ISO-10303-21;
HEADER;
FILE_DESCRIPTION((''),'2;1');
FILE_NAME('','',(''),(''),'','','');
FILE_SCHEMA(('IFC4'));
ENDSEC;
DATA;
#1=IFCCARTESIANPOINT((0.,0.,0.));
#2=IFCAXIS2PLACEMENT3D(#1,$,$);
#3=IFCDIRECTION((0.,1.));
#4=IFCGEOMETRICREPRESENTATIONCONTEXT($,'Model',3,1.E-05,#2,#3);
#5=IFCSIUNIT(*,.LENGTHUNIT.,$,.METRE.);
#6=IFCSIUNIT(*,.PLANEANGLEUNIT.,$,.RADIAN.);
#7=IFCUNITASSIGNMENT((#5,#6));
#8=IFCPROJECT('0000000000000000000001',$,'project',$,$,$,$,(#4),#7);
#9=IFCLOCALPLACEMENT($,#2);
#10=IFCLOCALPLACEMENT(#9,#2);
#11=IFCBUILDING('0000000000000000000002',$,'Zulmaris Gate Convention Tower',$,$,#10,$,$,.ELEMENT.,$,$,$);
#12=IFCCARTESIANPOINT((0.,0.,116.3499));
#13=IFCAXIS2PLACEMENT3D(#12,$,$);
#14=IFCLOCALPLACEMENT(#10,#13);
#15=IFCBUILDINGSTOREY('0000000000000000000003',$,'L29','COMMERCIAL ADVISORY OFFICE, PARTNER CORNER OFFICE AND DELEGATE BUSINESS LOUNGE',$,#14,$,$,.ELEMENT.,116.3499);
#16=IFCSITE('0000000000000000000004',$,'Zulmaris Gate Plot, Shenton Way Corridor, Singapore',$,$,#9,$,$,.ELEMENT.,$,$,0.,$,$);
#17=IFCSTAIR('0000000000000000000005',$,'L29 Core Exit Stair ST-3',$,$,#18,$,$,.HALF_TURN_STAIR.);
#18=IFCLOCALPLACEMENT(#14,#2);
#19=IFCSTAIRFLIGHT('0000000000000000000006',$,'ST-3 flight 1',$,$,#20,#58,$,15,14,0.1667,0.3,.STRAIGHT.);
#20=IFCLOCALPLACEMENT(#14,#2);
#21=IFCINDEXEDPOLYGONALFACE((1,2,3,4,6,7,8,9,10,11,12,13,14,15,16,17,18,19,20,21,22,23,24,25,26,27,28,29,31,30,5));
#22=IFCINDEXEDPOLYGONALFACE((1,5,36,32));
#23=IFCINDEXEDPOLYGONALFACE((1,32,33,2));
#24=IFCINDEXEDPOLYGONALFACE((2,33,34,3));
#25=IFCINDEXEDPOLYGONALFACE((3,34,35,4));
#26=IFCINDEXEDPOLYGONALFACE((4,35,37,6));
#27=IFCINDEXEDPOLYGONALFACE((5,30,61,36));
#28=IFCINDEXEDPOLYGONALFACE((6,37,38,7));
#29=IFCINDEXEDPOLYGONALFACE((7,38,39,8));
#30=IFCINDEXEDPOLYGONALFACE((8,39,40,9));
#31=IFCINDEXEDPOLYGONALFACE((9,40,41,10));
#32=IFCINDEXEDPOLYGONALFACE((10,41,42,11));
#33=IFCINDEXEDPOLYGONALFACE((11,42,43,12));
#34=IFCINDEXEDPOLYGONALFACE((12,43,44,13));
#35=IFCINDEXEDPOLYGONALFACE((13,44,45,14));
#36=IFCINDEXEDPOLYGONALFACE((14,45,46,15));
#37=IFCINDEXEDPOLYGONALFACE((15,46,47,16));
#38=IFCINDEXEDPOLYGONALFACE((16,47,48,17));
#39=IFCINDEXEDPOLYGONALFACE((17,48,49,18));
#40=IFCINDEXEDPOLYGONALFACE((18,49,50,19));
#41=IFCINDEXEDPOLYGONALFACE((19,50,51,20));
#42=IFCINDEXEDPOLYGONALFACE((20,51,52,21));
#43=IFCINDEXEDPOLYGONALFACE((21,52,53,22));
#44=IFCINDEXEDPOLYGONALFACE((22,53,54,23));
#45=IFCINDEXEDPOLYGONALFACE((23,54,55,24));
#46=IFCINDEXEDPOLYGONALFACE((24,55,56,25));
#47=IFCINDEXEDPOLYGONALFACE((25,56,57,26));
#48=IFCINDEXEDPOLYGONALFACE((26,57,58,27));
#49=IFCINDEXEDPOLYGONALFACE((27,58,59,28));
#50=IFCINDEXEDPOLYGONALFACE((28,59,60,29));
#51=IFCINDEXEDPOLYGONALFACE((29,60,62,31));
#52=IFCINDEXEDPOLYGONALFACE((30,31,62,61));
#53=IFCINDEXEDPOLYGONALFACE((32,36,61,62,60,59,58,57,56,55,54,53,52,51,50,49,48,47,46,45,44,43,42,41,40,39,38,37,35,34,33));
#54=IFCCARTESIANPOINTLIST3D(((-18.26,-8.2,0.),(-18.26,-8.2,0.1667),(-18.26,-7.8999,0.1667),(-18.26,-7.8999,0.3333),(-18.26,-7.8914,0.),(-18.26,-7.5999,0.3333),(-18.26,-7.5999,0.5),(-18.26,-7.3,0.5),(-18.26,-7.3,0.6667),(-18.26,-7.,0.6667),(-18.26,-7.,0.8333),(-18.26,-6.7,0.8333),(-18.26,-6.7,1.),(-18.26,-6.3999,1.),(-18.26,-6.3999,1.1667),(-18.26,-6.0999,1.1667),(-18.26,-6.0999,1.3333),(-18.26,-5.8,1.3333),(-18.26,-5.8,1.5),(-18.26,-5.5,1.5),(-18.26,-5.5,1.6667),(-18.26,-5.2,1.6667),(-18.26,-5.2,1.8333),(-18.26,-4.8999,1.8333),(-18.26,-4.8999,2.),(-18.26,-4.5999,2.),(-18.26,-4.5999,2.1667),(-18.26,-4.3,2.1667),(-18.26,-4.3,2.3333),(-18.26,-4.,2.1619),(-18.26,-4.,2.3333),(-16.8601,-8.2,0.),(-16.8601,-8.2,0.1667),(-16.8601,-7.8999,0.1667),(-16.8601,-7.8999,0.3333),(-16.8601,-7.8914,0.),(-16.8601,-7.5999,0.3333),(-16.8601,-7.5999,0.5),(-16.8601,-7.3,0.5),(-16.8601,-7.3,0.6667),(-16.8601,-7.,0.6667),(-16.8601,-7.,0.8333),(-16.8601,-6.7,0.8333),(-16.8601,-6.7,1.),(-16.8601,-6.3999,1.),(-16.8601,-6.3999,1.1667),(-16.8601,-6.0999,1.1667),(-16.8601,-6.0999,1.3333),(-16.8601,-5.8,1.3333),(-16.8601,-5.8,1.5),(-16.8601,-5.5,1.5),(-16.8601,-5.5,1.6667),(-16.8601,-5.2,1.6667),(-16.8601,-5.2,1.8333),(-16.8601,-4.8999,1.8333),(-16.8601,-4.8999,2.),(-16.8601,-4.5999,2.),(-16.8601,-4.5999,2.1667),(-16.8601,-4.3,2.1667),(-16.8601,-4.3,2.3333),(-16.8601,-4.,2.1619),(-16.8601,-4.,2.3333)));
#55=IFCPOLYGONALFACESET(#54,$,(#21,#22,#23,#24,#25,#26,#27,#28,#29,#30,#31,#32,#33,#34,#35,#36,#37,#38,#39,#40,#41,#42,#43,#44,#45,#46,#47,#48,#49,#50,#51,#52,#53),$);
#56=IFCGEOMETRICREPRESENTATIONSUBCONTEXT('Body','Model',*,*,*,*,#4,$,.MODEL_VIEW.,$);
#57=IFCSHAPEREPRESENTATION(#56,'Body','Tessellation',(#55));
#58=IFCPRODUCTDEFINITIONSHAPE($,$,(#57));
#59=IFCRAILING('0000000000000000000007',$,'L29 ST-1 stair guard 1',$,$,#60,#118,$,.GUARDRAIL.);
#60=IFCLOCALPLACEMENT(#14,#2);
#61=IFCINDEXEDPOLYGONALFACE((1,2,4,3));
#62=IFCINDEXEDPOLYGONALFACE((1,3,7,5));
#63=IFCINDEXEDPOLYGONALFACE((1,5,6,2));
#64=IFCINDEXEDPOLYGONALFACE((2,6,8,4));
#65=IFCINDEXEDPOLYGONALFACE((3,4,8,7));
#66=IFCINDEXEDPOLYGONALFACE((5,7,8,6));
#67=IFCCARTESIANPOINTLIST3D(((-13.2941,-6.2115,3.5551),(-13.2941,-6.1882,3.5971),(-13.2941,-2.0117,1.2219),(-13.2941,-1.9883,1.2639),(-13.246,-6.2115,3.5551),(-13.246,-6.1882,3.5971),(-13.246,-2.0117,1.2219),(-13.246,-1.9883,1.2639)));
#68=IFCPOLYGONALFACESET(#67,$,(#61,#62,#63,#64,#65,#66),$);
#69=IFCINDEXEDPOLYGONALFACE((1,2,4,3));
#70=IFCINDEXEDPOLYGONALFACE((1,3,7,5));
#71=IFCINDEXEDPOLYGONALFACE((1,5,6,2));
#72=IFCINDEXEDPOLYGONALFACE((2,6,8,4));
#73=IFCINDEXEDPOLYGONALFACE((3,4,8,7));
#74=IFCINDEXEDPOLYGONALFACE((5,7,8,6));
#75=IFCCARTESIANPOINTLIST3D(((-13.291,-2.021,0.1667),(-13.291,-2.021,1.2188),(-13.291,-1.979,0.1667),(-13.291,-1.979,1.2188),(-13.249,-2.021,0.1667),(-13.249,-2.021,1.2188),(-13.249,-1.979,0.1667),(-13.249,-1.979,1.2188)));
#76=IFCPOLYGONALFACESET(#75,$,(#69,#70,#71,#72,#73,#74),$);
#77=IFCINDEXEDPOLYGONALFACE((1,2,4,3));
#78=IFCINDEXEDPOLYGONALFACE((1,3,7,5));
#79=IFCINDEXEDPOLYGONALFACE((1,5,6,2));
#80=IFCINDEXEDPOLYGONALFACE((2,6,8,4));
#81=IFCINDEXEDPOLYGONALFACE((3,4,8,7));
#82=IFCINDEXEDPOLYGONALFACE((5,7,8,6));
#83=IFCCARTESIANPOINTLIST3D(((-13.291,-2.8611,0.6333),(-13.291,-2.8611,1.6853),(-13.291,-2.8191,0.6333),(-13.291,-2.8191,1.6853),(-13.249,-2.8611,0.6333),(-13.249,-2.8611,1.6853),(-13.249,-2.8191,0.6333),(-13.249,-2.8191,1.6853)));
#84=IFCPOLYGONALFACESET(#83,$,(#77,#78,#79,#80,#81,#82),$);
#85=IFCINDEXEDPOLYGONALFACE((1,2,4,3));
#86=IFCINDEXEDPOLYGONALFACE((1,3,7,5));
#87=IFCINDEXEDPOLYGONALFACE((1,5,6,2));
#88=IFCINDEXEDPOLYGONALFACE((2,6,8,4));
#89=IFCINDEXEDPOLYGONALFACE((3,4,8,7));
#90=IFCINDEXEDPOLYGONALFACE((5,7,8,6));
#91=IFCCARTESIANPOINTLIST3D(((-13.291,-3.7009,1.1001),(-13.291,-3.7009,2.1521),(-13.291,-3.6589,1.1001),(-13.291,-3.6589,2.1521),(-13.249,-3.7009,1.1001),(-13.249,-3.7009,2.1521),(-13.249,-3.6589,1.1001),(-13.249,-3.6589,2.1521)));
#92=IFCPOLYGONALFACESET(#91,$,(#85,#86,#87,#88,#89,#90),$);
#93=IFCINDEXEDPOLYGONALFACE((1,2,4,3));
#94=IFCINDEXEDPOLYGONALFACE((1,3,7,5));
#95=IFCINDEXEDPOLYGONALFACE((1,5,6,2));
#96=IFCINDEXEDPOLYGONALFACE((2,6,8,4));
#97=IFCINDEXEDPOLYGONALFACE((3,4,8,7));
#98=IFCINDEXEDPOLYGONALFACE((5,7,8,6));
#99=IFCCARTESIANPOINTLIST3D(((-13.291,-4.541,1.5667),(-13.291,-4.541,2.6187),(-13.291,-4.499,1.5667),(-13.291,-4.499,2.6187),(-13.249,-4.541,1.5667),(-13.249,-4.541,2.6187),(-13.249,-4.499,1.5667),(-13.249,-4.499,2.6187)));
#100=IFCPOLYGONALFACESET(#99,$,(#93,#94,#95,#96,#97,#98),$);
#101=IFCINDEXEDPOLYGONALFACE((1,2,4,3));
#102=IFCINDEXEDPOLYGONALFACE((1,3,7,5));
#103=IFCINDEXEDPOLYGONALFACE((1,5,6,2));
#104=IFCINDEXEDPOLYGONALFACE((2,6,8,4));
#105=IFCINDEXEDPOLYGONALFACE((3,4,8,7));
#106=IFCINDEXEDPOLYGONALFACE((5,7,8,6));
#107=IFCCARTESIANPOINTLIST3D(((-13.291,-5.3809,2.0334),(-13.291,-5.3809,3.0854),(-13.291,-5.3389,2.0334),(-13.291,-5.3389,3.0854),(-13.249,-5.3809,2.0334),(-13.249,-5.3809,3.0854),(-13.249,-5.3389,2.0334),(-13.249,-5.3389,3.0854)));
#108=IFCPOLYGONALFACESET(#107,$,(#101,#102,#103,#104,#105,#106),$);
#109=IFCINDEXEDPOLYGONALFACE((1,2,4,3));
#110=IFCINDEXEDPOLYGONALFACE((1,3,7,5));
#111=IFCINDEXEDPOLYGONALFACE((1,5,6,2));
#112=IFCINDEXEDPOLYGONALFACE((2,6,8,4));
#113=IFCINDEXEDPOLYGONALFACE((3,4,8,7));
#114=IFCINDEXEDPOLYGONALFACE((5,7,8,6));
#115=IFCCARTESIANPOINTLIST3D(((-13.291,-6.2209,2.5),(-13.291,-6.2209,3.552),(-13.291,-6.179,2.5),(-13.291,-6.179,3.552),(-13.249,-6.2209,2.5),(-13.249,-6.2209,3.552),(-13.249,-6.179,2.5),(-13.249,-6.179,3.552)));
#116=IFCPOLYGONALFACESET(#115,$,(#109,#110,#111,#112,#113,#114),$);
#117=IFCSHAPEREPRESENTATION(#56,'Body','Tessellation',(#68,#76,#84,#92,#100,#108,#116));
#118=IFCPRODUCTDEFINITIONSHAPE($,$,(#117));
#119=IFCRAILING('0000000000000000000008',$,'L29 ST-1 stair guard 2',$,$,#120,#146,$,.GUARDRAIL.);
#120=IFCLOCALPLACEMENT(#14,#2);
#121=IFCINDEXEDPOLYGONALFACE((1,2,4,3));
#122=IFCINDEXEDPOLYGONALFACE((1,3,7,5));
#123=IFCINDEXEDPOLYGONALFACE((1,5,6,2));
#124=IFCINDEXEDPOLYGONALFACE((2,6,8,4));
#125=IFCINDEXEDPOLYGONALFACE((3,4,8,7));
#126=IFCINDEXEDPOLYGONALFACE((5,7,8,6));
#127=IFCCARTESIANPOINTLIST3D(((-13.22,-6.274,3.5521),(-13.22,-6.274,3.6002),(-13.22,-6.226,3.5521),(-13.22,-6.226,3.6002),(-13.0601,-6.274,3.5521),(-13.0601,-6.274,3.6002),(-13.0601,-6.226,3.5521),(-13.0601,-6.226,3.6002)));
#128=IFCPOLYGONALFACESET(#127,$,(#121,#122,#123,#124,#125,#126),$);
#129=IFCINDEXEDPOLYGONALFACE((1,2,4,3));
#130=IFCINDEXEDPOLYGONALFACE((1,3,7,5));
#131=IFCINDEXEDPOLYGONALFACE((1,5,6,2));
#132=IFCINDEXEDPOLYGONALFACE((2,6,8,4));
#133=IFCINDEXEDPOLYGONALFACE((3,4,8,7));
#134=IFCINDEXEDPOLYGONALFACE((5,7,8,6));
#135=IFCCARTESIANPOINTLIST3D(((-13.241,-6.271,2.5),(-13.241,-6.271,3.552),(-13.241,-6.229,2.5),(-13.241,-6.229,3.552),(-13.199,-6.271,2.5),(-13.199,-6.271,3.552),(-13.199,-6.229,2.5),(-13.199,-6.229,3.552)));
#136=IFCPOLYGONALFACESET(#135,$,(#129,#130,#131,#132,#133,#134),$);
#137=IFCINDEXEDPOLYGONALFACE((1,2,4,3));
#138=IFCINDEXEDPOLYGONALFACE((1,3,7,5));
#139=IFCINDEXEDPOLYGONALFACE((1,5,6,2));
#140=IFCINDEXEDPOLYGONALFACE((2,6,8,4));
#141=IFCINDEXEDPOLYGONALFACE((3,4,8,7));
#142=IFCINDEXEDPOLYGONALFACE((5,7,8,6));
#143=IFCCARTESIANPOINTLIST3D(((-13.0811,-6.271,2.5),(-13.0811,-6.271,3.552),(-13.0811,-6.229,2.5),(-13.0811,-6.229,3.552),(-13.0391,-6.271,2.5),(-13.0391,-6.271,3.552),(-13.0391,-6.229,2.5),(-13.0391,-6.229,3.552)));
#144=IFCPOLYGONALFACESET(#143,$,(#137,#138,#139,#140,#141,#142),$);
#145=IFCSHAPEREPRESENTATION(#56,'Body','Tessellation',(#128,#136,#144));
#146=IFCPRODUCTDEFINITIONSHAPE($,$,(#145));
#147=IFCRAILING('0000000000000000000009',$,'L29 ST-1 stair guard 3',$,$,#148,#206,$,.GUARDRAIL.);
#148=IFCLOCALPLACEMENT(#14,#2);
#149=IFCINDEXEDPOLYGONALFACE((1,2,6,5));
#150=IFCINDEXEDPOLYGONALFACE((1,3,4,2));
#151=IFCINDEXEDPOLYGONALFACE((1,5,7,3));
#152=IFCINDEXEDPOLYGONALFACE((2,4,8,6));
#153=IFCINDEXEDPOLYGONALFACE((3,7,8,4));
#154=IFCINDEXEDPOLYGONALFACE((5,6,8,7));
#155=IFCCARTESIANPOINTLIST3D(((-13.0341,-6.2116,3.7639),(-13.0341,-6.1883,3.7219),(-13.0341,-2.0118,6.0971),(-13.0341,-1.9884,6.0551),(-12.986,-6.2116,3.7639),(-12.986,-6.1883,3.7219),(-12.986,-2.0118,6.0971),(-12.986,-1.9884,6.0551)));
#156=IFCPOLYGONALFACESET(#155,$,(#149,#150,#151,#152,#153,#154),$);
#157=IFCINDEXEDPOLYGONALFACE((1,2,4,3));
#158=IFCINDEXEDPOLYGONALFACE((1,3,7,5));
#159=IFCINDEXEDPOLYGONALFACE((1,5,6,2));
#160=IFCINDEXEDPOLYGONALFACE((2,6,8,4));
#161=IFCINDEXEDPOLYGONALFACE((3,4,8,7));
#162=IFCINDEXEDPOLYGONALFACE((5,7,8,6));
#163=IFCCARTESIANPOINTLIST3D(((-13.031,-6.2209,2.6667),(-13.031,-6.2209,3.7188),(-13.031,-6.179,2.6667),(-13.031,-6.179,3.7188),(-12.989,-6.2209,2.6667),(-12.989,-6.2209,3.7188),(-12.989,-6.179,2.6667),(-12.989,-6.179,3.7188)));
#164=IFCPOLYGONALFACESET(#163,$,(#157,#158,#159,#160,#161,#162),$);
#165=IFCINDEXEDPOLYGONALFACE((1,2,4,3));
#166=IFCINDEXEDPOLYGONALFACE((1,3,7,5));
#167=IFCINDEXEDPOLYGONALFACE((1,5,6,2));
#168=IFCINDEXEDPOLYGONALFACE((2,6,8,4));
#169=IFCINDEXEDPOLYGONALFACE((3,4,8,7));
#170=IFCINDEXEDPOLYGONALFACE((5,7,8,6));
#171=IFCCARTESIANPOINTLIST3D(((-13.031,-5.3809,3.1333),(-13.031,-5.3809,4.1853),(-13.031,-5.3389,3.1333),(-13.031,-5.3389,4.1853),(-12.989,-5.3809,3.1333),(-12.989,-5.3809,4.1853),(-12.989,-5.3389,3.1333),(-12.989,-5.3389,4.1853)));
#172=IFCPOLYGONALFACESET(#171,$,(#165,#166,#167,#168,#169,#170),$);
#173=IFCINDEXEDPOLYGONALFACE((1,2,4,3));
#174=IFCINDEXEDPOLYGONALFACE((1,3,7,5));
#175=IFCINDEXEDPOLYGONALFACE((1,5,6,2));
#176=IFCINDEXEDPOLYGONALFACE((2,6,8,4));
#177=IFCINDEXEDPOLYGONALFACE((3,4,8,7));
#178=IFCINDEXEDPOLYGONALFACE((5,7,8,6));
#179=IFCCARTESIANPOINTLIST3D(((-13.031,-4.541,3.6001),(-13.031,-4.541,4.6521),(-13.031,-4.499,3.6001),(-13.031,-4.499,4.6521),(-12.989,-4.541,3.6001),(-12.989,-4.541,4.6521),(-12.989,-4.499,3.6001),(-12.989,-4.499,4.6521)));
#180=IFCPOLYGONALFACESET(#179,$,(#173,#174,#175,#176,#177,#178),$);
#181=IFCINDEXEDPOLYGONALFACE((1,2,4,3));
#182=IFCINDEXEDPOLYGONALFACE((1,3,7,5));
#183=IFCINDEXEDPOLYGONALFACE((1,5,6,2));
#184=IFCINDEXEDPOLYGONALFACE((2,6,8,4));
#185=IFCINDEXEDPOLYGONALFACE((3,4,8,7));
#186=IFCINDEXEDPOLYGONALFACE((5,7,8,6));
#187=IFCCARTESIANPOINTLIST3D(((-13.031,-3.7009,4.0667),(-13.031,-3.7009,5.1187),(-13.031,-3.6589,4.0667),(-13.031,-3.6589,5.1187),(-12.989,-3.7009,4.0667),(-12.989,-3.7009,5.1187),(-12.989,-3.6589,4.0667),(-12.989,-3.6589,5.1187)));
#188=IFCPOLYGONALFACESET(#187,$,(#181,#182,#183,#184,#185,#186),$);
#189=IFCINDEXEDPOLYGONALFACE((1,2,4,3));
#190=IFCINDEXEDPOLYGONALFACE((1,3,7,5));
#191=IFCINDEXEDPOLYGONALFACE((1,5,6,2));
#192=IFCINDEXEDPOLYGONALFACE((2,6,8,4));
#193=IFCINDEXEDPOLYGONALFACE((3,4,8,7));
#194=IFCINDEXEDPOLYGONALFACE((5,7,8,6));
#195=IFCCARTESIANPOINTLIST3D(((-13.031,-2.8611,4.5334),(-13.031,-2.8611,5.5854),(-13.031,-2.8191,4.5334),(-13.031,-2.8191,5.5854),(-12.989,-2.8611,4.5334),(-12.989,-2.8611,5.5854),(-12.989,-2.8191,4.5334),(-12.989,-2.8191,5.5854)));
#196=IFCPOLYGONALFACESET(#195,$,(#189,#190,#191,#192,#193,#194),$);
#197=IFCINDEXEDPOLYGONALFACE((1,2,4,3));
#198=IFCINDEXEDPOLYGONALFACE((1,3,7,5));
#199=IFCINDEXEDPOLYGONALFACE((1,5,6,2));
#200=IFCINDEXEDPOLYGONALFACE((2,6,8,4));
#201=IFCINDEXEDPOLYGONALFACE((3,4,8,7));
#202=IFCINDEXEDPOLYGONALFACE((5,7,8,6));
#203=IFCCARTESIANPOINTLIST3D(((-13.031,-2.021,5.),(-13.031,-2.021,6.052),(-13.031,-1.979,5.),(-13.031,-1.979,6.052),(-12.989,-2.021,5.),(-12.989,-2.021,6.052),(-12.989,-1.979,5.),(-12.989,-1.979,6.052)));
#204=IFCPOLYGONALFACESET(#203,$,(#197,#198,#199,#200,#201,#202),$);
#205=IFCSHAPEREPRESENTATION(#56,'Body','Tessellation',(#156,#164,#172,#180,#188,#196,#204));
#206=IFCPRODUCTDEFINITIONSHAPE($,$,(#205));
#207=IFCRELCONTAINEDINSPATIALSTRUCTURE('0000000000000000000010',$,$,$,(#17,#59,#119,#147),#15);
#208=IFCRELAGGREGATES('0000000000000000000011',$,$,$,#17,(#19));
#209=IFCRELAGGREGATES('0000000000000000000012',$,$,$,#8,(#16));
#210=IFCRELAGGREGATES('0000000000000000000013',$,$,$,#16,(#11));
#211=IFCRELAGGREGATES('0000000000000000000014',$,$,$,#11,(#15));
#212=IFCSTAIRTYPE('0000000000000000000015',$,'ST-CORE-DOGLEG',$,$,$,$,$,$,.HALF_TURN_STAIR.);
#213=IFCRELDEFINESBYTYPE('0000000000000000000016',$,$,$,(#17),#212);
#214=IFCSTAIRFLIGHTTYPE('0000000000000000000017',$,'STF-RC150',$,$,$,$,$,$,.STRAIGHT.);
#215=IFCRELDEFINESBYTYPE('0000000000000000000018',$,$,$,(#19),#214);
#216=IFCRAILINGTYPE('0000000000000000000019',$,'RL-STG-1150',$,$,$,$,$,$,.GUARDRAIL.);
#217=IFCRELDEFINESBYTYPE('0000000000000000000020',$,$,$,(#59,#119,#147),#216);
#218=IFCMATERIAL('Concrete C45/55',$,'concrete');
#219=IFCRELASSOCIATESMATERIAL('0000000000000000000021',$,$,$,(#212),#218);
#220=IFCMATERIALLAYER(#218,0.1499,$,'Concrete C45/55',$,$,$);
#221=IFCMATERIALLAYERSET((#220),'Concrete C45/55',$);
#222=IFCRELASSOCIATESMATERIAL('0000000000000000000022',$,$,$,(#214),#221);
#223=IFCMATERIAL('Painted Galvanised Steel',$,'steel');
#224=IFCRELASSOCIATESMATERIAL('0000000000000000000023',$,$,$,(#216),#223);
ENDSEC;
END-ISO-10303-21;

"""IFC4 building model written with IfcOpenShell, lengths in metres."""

from ifc_helpers import new_model, si_unit, direction, frame, origin, origin_2d, place, context, subcontext, project, spatial, polyline, rectangle, outline, extrude, material, layer, layer_set, type_object, element, aggregate, save


model = new_model("IFC4")

# Units and contexts
model_context = context("Model", 3, precision=1e-05, world=origin(), true_north=direction((0.0, 1.0)))
body_context = subcontext(model_context, "Body", "Model", "MODEL_VIEW")
ifc_project = project(units=[si_unit("LENGTHUNIT", "METRE"), si_unit("PLANEANGLEUNIT", "RADIAN")], contexts=[model_context])

# Site, building, storey
site_placement = place(None, origin())
site = spatial("IfcSite", under=ifc_project, at=site_placement, Name="Zulmaris Gate Plot, Shenton Way Corridor, Singapore", CompositionType="ELEMENT", RefElevation=0.0)
building_placement = place(site_placement, origin())
building = spatial("IfcBuilding", under=site, at=building_placement, Name="Zulmaris Gate Convention Tower", CompositionType="ELEMENT")
storey_placement = place(building_placement, frame((0.0, 0.0, 116.3499)))
storey = spatial("IfcBuildingStorey", under=building, at=storey_placement, Name="L29", Description="COMMERCIAL ADVISORY OFFICE, PARTNER CORNER OFFICE AND DELEGATE BUSINESS LOUNGE", CompositionType="ELEMENT", Elevation=116.3499)

# Shared definitions
ifc_material_1 = material(Name="Concrete C45/55", Category="concrete")
stair_type = type_object("IfcStairType", Name="ST-CORE-DOGLEG", PredefinedType="HALF_TURN_STAIR", material=ifc_material_1)
ifc_layer_1 = layer(ifc_material_1, 0.1499, Name="Concrete C45/55")
ifc_layer_set_1 = layer_set([ifc_layer_1], Name="Concrete C45/55")
stair_flight_type = type_object("IfcStairFlightType", Name="STF-RC150", PredefinedType="STRAIGHT", material=ifc_layer_set_1)

# Stair, stair flight
stair_1_placement = place(storey_placement, origin())
stair_1 = element("IfcStair", 1, at=stair_1_placement, inside=storey, type_object=stair_type, Name="L29 Core Exit Stair ST-3", PredefinedType="HALF_TURN_STAIR")
stair_flight_1_placement = place(storey_placement, frame((-17.5601, -8.2, 0.0), z_axis=(0.0, 0.0, 1.0), x_axis=(0.0, 1.0, 0.0)))
stair_flight_1 = element("IfcStairFlight", 2, at=stair_flight_1_placement, type_object=stair_flight_type, Name="ST-3 flight 1", NumberOfRisers=15, NumberOfTreads=14, PredefinedType="STRAIGHT", RiserHeight=0.1667, TreadLength=0.3, context=body_context, shape_type="SweptSolid", body=[
    extrude(outline(polyline([(0.0, 0.0), (0.0, 0.1667), (0.3, 0.1667), (0.3, 0.3333), (0.6001, 0.3333), (0.6001, 0.5), (0.8999, 0.5), (0.8999, 0.6667), (1.2, 0.6667), (1.2, 0.8333), (1.5, 0.8333), (1.5, 1.0), (1.8, 1.0), (1.8, 1.1667), (2.1001, 1.1667), (2.1001, 1.3333), (2.3999, 1.3333), (2.3999, 1.5), (2.7, 1.5), (2.7, 1.6667), (3.0, 1.6667), (3.0, 1.8333), (3.3, 1.8333), (3.3, 2.0), (3.6001, 2.0), (3.6001, 2.1667), (3.8999, 2.1667), (3.8999, 2.3333), (4.2, 2.3333), (4.2, 2.5), (4.2, 2.1619), (0.3086, 0.0), (0.0, 0.0)])), frame((0.0, 0.7, 0.0), z_axis=(0.0, -1.0, 0.0), x_axis=(1.0, 0.0, 0.0)), (0.0, 0.0, 1.0), 1.3999),
])
aggregate(stair_1, [stair_flight_1])

# Railings
ifc_material_2 = material(Name="Painted Galvanised Steel", Category="steel")
railing_type_1 = type_object("IfcRailingType", Name="RL-STG-1150", PredefinedType="GUARDRAIL", material=ifc_material_2)
railing_1_placement = place(storey_placement, frame((-13.27, -2.0, 0.1667)))
element("IfcRailing", 3, at=railing_1_placement, inside=storey, type_object=railing_type_1, Name="L29 ST-1 stair guard 1", PredefinedType="GUARDRAIL", context=body_context, shape_type="SweptSolid", body=[
    extrude(rectangle(XDim=0.0481, YDim=0.0481, at=origin_2d()), frame((0.0, 0.0, 1.0762), z_axis=(0.0, -0.874162, 0.485634), x_axis=(1.0, 0.0, 0.0)), (0.0, 0.0, 1.0), 4.8044),
    extrude(rectangle(XDim=0.042, YDim=0.042, at=origin_2d()), origin(), (0.0, 0.0, 1.0), 1.052),
    extrude(rectangle(XDim=0.042, YDim=0.042, at=origin_2d()), frame((0.0, -0.8401, 0.4666)), (0.0, 0.0, 1.0), 1.052),
    extrude(rectangle(XDim=0.042, YDim=0.042, at=origin_2d()), frame((0.0, -1.6799, 0.9333)), (0.0, 0.0, 1.0), 1.052),
    extrude(rectangle(XDim=0.042, YDim=0.042, at=origin_2d()), frame((0.0, -2.52, 1.3999)), (0.0, 0.0, 1.0), 1.052),
    extrude(rectangle(XDim=0.042, YDim=0.042, at=origin_2d()), frame((0.0, -3.3599, 1.8667)), (0.0, 0.0, 1.0), 1.052),
    extrude(rectangle(XDim=0.042, YDim=0.042, at=origin_2d()), frame((0.0, -4.2, 2.3333)), (0.0, 0.0, 1.0), 1.052),
])
railing_2_placement = place(storey_placement, frame((-13.22, -6.25, 2.5)))
element("IfcRailing", 4, at=railing_2_placement, inside=storey, type_object=railing_type_1, Name="L29 ST-1 stair guard 2", PredefinedType="GUARDRAIL", context=body_context, shape_type="SweptSolid", body=[
    extrude(rectangle(XDim=0.0481, YDim=0.0481, at=origin_2d()), frame((0.0, 0.0, 1.0762), z_axis=(1.0, 0.0, 0.0), x_axis=(0.0, 1.0, 0.0)), (0.0, 0.0, 1.0), 0.1599),
    extrude(rectangle(XDim=0.042, YDim=0.042, at=origin_2d()), origin(), (0.0, 0.0, 1.0), 1.052),
    extrude(rectangle(XDim=0.042, YDim=0.042, at=origin_2d()), frame((0.1599, 0.0, 0.0)), (0.0, 0.0, 1.0), 1.052),
])
railing_3_placement = place(storey_placement, frame((-13.01, -6.2, 2.6667)))
element("IfcRailing", 5, at=railing_3_placement, inside=storey, type_object=railing_type_1, Name="L29 ST-1 stair guard 3", PredefinedType="GUARDRAIL", context=body_context, shape_type="SweptSolid", body=[
    extrude(rectangle(XDim=0.0481, YDim=0.0481, at=origin_2d()), frame((0.0, 0.0, 1.0762), z_axis=(0.0, 0.874162, 0.485634), x_axis=(-1.0, 0.0, 0.0)), (0.0, 0.0, 1.0), 4.8044),
    extrude(rectangle(XDim=0.042, YDim=0.042, at=origin_2d()), origin(), (0.0, 0.0, 1.0), 1.052),
    extrude(rectangle(XDim=0.042, YDim=0.042, at=origin_2d()), frame((0.0, 0.8401, 0.4666)), (0.0, 0.0, 1.0), 1.052),
    extrude(rectangle(XDim=0.042, YDim=0.042, at=origin_2d()), frame((0.0, 1.6799, 0.9333)), (0.0, 0.0, 1.0), 1.052),
    extrude(rectangle(XDim=0.042, YDim=0.042, at=origin_2d()), frame((0.0, 2.52, 1.3999)), (0.0, 0.0, 1.0), 1.052),
    extrude(rectangle(XDim=0.042, YDim=0.042, at=origin_2d()), frame((0.0, 3.3599, 1.8667)), (0.0, 0.0, 1.0), 1.052),
    extrude(rectangle(XDim=0.042, YDim=0.042, at=origin_2d()), frame((0.0, 4.2, 2.3333)), (0.0, 0.0, 1.0), 1.052),
])

save(model, "model.ifc")
